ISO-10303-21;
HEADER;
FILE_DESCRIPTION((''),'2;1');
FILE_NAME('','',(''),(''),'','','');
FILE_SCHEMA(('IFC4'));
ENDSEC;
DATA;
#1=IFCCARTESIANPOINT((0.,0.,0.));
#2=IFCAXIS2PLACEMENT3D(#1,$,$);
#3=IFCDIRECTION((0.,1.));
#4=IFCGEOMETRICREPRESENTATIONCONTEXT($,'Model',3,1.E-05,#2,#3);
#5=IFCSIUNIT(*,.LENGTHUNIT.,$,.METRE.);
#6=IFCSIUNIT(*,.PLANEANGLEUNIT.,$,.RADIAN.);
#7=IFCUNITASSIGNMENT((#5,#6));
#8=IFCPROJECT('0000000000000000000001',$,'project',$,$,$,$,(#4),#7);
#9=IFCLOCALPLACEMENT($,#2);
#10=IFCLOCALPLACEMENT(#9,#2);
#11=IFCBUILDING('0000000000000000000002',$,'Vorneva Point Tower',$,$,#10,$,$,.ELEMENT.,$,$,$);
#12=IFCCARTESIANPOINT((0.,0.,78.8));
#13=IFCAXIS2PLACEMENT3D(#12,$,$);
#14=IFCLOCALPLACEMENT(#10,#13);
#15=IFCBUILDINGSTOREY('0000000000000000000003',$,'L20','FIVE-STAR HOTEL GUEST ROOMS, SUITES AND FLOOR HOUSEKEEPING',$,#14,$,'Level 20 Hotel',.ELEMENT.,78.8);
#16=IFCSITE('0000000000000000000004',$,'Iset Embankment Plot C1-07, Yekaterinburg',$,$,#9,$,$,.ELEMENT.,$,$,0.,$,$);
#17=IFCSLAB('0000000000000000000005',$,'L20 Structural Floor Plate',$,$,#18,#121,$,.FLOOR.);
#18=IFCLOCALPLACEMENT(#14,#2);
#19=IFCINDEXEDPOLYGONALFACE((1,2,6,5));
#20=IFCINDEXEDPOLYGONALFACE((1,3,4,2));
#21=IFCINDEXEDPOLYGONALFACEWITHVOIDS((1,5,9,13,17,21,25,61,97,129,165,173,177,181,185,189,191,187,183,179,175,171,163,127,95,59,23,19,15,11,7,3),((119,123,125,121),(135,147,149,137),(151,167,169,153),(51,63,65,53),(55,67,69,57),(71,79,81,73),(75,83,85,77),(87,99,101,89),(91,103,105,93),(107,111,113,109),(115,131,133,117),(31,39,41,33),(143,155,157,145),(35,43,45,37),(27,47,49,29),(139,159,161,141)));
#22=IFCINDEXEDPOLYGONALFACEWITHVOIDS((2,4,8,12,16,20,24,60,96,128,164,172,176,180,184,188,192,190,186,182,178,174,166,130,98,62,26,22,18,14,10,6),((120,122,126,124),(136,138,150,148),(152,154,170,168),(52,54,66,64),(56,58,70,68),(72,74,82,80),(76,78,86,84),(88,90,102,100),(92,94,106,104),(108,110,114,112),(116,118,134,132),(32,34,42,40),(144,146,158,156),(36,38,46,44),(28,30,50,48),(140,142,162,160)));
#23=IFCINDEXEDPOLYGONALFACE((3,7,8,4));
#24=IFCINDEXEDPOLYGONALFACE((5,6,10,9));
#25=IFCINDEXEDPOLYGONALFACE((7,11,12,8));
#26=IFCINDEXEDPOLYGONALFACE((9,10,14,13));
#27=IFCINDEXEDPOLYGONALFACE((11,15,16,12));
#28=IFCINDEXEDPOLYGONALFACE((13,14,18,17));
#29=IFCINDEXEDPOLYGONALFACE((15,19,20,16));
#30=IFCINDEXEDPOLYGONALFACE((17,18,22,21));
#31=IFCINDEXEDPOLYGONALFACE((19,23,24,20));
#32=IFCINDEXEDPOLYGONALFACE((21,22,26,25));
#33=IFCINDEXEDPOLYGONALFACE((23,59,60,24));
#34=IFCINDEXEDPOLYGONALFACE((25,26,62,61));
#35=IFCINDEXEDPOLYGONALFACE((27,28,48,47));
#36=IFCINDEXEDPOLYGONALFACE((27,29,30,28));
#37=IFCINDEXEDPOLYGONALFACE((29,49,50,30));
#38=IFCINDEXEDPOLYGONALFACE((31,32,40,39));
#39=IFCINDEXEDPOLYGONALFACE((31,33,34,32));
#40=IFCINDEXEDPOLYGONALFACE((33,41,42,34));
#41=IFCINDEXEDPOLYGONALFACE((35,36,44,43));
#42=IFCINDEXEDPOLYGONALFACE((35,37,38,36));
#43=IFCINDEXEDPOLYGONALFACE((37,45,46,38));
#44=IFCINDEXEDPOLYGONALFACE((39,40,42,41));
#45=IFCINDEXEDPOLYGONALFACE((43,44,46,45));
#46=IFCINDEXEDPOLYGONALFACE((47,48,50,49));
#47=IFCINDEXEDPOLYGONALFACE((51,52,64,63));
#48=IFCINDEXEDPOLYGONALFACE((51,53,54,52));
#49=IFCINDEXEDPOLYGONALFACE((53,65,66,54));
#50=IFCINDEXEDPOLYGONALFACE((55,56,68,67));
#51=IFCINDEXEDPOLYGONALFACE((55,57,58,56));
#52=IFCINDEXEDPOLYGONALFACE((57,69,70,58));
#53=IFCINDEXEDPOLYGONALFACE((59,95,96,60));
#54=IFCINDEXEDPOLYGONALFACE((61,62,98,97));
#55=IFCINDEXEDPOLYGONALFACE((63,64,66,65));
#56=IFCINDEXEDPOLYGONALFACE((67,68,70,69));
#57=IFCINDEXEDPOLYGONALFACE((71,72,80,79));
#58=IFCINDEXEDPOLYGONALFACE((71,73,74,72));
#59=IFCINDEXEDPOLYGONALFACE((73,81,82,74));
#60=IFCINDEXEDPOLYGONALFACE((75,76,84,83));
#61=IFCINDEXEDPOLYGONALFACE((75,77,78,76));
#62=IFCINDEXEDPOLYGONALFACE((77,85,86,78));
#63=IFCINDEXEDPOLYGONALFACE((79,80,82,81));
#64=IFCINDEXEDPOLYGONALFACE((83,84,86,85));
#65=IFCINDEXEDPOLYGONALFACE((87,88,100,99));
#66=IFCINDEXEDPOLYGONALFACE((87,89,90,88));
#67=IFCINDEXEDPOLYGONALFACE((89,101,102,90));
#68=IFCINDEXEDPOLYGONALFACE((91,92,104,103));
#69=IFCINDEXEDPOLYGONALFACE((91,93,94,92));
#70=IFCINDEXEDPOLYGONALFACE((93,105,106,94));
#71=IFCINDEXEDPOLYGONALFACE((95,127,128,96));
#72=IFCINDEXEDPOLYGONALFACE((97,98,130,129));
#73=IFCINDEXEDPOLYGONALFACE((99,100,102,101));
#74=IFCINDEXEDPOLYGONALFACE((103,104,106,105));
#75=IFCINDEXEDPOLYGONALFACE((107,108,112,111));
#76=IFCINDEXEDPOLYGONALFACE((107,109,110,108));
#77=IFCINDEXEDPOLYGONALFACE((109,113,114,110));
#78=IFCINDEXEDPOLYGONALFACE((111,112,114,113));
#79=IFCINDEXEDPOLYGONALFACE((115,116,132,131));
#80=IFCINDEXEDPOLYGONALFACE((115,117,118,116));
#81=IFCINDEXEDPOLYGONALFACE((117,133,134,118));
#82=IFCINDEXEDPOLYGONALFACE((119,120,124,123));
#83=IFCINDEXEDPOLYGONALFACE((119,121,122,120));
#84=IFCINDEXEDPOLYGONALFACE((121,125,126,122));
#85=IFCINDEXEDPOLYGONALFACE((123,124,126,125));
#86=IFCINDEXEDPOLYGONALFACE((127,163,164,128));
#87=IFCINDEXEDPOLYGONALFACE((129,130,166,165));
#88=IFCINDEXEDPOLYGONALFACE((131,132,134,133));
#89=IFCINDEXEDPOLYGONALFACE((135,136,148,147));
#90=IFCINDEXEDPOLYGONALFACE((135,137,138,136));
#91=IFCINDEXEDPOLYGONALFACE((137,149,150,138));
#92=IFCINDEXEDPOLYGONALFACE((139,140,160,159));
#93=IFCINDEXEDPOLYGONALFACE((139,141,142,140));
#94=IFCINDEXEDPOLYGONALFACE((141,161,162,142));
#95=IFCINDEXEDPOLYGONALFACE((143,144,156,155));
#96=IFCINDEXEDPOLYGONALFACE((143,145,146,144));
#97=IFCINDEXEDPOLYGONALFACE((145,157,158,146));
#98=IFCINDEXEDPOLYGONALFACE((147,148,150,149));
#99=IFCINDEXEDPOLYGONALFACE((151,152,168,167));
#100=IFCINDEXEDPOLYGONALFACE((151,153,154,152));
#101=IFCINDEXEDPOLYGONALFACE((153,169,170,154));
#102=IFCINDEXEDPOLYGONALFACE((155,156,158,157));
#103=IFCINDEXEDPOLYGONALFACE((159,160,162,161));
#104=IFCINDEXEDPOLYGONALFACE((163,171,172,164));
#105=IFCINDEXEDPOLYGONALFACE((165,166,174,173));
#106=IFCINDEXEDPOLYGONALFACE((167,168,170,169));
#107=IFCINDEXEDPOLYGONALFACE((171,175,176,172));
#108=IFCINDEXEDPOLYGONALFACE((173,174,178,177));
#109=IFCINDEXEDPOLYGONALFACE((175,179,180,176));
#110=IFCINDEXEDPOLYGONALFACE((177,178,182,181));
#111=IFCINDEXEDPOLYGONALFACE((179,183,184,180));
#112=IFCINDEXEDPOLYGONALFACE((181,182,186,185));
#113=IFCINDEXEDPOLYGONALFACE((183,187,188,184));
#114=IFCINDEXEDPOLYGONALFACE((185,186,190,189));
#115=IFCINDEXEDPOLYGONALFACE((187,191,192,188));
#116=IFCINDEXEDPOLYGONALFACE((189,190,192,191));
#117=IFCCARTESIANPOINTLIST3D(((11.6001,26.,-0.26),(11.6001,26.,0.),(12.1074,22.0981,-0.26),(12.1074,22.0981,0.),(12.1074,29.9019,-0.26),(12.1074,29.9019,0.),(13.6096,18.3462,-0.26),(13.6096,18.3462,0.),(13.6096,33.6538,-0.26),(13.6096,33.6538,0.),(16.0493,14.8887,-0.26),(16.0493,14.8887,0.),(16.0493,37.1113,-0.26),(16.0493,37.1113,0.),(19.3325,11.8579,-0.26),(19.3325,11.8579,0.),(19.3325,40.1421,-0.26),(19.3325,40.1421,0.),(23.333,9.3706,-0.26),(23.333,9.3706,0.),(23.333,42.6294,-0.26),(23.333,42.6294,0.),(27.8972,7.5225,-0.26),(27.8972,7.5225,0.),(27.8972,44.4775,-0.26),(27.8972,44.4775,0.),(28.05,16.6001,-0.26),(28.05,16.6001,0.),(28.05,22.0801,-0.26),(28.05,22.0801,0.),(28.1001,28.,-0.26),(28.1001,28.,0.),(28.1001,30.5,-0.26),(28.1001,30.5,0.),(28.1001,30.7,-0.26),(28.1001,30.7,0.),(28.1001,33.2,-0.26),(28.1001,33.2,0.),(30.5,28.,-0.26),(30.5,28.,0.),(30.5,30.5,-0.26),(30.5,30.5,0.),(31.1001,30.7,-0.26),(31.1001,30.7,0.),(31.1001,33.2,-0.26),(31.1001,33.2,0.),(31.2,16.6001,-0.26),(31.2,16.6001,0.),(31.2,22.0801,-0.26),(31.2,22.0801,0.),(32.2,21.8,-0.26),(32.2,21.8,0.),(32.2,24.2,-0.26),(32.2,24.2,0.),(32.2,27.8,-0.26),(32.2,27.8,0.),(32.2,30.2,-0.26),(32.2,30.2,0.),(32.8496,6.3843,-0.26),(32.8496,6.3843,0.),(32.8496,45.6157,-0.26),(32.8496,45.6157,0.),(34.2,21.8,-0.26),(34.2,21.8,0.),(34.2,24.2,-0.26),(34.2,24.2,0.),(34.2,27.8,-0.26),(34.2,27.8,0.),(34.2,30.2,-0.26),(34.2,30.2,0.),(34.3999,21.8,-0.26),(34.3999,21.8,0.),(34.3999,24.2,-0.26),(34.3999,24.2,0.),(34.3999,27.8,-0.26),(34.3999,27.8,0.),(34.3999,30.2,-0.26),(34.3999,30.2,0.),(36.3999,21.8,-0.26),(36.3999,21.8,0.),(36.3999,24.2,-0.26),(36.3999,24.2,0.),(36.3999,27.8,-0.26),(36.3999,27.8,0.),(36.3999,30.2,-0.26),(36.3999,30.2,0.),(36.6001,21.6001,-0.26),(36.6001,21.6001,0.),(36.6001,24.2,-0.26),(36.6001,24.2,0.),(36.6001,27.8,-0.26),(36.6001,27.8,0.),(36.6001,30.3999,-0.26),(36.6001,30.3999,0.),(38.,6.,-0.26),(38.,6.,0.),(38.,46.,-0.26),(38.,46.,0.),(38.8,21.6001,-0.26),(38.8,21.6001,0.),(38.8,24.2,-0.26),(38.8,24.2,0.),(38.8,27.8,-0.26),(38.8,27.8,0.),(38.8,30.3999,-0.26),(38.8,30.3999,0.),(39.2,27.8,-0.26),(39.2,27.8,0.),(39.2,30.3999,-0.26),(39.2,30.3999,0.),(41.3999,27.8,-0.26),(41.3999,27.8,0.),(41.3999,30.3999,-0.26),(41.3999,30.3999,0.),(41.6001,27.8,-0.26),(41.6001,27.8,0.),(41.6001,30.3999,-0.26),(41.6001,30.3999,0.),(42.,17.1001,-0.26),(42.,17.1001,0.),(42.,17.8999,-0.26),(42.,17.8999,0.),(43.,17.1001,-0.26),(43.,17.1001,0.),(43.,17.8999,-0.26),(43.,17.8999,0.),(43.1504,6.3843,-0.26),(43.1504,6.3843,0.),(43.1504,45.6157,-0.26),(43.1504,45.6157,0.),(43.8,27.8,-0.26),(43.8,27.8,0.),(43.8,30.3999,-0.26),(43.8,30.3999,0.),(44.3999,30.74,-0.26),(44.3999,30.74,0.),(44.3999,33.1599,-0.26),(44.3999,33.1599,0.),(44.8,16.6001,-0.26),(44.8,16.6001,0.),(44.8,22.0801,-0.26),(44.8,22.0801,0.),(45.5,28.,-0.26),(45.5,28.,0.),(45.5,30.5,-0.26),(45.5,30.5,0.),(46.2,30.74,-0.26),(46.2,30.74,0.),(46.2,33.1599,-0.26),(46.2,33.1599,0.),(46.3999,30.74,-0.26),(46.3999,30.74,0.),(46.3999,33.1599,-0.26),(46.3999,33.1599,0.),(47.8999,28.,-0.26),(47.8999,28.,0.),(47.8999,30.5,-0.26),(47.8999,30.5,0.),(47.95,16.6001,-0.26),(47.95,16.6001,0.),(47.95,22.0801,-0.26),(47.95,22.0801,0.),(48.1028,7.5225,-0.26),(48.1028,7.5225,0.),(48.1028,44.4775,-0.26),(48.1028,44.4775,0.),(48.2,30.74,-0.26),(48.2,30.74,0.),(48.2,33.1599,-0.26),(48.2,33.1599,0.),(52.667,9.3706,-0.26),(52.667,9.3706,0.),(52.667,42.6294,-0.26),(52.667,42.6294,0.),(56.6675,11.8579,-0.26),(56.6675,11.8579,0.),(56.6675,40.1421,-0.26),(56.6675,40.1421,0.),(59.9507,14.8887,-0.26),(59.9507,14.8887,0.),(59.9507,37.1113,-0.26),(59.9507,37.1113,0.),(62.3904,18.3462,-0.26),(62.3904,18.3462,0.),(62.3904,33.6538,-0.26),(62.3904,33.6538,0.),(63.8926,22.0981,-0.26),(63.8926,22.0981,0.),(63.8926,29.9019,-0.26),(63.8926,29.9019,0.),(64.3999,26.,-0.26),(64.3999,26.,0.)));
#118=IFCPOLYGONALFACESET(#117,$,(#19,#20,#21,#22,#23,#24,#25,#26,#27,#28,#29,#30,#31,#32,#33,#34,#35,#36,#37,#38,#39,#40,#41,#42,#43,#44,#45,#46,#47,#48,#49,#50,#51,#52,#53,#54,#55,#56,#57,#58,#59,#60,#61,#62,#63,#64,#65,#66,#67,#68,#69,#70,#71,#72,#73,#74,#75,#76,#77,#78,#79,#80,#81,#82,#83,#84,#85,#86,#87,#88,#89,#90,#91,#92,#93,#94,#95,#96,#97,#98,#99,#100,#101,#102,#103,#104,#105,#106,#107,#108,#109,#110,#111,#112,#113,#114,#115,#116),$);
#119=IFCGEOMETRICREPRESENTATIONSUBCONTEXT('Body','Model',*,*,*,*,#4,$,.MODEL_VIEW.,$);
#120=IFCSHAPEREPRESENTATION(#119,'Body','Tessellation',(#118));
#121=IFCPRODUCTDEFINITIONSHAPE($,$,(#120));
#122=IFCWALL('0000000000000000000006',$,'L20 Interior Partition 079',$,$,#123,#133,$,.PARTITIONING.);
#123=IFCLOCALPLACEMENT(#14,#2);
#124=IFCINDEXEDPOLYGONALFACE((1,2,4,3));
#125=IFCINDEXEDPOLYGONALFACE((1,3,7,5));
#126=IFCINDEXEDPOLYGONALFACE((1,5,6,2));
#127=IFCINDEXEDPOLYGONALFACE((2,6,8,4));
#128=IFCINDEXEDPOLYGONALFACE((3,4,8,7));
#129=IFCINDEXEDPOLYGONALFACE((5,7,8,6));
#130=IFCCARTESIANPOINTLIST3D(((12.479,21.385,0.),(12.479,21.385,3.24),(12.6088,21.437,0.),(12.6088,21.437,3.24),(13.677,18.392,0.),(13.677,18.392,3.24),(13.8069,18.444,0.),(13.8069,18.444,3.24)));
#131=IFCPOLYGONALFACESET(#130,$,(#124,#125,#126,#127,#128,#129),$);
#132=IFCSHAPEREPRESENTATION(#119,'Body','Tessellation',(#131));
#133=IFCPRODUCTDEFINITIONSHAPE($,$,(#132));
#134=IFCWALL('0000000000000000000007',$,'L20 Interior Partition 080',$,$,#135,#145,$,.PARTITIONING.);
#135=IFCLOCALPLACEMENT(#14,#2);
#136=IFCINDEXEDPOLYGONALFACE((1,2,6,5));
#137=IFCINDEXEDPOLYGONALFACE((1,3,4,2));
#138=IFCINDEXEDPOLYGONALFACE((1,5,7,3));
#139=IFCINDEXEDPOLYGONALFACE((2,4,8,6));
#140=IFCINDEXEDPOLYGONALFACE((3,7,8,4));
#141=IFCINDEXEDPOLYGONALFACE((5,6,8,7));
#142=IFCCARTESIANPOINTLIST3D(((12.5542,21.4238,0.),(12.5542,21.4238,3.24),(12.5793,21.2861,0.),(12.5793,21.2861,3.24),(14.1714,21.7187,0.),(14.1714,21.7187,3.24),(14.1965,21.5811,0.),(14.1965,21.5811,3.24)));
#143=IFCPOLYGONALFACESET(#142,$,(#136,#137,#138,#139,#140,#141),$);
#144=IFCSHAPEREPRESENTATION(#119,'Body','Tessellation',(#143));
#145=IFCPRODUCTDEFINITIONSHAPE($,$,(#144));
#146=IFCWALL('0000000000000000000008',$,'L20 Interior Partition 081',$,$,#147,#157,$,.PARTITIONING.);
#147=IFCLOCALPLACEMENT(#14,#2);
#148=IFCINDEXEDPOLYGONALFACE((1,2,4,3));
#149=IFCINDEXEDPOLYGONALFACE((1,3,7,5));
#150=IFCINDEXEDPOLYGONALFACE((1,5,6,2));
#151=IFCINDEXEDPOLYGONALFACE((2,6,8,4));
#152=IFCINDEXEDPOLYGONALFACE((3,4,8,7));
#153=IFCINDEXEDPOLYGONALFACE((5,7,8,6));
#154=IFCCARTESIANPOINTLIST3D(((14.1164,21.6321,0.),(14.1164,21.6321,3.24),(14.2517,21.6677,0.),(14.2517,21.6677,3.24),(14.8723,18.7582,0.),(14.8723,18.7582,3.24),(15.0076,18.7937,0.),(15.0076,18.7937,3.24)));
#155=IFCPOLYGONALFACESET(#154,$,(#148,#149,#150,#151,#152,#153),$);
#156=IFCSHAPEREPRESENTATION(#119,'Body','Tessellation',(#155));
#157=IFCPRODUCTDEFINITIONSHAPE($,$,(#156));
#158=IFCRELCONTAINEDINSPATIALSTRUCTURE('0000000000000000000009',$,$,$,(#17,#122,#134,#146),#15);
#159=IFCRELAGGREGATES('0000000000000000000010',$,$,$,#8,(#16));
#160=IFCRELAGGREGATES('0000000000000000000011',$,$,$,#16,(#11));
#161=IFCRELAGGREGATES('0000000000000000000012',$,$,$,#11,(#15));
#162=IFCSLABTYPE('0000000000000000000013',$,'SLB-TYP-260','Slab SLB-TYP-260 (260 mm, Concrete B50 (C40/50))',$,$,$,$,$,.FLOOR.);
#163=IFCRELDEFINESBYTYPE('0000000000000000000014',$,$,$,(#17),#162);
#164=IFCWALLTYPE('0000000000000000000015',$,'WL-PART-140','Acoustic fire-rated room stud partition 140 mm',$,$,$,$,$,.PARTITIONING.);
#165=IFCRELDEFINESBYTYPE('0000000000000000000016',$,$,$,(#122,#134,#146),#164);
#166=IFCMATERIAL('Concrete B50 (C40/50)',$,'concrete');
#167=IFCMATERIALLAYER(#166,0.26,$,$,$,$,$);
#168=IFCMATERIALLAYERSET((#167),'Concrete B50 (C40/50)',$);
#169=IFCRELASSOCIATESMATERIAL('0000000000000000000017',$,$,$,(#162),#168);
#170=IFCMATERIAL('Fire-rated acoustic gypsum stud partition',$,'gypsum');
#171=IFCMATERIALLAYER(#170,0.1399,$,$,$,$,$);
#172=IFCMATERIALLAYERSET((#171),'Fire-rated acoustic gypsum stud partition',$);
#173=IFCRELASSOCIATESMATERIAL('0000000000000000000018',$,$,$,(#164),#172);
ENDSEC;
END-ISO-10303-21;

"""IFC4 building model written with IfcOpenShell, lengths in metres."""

from ifc_helpers import new_model, si_unit, direction, frame, frame_2d, origin, place, context, subcontext, project, spatial, polyline, rectangle, outline, extrude, material, layer, layer_set, type_object, element, save


model = new_model("IFC4")

# Units and contexts
model_context = context("Model", 3, precision=1e-05, world=origin(), true_north=direction((0.0, 1.0)))
body_context = subcontext(model_context, "Body", "Model", "MODEL_VIEW")
ifc_project = project(units=[si_unit("LENGTHUNIT", "METRE"), si_unit("PLANEANGLEUNIT", "RADIAN")], contexts=[model_context])

# Site, building, storey
site_placement = place(None, origin())
site = spatial("IfcSite", under=ifc_project, at=site_placement, Name="Iset Embankment Plot C1-07, Yekaterinburg", CompositionType="ELEMENT", RefElevation=0.0)
building_placement = place(site_placement, origin())
building = spatial("IfcBuilding", under=site, at=building_placement, Name="Vorneva Point Tower", CompositionType="ELEMENT")
storey_placement = place(building_placement, frame((0.0, 0.0, 78.8)))
storey = spatial("IfcBuildingStorey", under=building, at=storey_placement, Name="L20", Description="FIVE-STAR HOTEL GUEST ROOMS, SUITES AND FLOOR HOUSEKEEPING", LongName="Level 20 Hotel", CompositionType="ELEMENT", Elevation=78.8)

# Shared definitions
ifc_material_1 = material(Name="Concrete B50 (C40/50)", Category="concrete")

# Slab
ifc_layer_1 = layer(ifc_material_1, 0.26)
ifc_layer_set_1 = layer_set([ifc_layer_1], Name="Concrete B50 (C40/50)")
slab_type_1 = type_object("IfcSlabType", Name="SLB-TYP-260", Description="Slab SLB-TYP-260 (260 mm, Concrete B50 (C40/50))", PredefinedType="FLOOR", material=ifc_layer_set_1)
slab_1_placement = place(storey_placement, frame((0.0, 0.0, -0.26)))
element("IfcSlab", 1, at=slab_1_placement, inside=storey, type_object=slab_type_1, Name="L20 Structural Floor Plate", PredefinedType="FLOOR", context=body_context, shape_type="SweptSolid", body=[
    extrude(outline(polyline([(64.3999, 26.0), (63.8926, 29.9019), (62.3904, 33.6538), (59.9507, 37.1113), (56.6675, 40.1421), (52.667, 42.6294), (48.1028, 44.4775), (43.1504, 45.6157), (38.0, 46.0), (32.8496, 45.6157), (27.8972, 44.4775), (23.333, 42.6294), (19.3325, 40.1421), (16.0493, 37.1113), (13.6096, 33.6538), (12.1074, 29.9019), (11.6001, 26.0), (12.1074, 22.0981), (13.6096, 18.3462), (16.0493, 14.8887), (19.3325, 11.8579), (23.333, 9.3706), (27.8972, 7.5225), (32.8496, 6.3843), (38.0, 6.0), (43.1504, 6.3843), (48.1028, 7.5225), (52.667, 9.3706), (56.6675, 11.8579), (59.9507, 14.8887), (62.3904, 18.3462), (63.8926, 22.0981), (64.3999, 26.0)]), holes=[polyline([(32.2, 27.8), (34.2, 27.8), (34.2, 30.2), (32.2, 30.2), (32.2, 27.8)]), polyline([(34.3999, 27.8), (36.3999, 27.8), (36.3999, 30.2), (34.3999, 30.2), (34.3999, 27.8)]), polyline([(36.6001, 27.8), (38.8, 27.8), (38.8, 30.3999), (36.6001, 30.3999), (36.6001, 27.8)]), polyline([(32.2, 21.8), (34.2, 21.8), (34.2, 24.2), (32.2, 24.2), (32.2, 21.8)]), polyline([(34.3999, 21.8), (36.3999, 21.8), (36.3999, 24.2), (34.3999, 24.2), (34.3999, 21.8)]), polyline([(36.6001, 21.6001), (38.8, 21.6001), (38.8, 24.2), (36.6001, 24.2), (36.6001, 21.6001)]), polyline([(39.2, 27.8), (41.3999, 27.8), (41.3999, 30.3999), (39.2, 30.3999), (39.2, 27.8)]), polyline([(41.6001, 27.8), (43.8, 27.8), (43.8, 30.3999), (41.6001, 30.3999), (41.6001, 27.8)]), polyline([(44.3999, 30.74), (46.2, 30.74), (46.2, 33.1599), (44.3999, 33.1599), (44.3999, 30.74)]), polyline([(46.3999, 30.74), (48.2, 30.74), (48.2, 33.1599), (46.3999, 33.1599), (46.3999, 30.74)]), polyline([(28.1001, 28.0), (30.5, 28.0), (30.5, 30.5), (28.1001, 30.5), (28.1001, 28.0)]), polyline([(45.5, 28.0), (47.8999, 28.0), (47.8999, 30.5), (45.5, 30.5), (45.5, 28.0)]), polyline([(28.1001, 30.7), (31.1001, 30.7), (31.1001, 33.2), (28.1001, 33.2), (28.1001, 30.7)]), polyline([(28.05, 16.6001), (31.2, 16.6001), (31.2, 22.0801), (28.05, 22.0801), (28.05, 16.6001)]), polyline([(44.8, 16.6001), (47.95, 16.6001), (47.95, 22.0801), (44.8, 22.0801), (44.8, 16.6001)]), polyline([(42.0, 17.1001), (43.0, 17.1001), (43.0, 17.8999), (42.0, 17.8999), (42.0, 17.1001)])]), origin(), (0.0, 0.0, 1.0), 0.26),
])

# Walls
ifc_material_2 = material(Name="Fire-rated acoustic gypsum stud partition", Category="gypsum")
ifc_layer_2 = layer(ifc_material_2, 0.1399)
ifc_layer_set_2 = layer_set([ifc_layer_2], Name="Fire-rated acoustic gypsum stud partition")
wall_type = type_object("IfcWallType", Name="WL-PART-140", Description="Acoustic fire-rated room stud partition 140 mm", PredefinedType="PARTITIONING", material=ifc_layer_set_2)
wall_1_placement = place(storey_placement, frame((12.5439, 21.4109, 0.0), z_axis=(0.0, 0.0, 1.0), x_axis=(0.371613, -0.928388, 0.0)))
element("IfcWall", 2, at=wall_1_placement, inside=storey, type_object=wall_type, Name="L20 Interior Partition 079", PredefinedType="PARTITIONING", context=body_context, shape_type="SweptSolid", body=[
    extrude(rectangle(XDim=3.2239, YDim=0.1399, at=frame_2d((1.6118, 0.0))), origin(), (0.0, 0.0, 1.0), 3.24),
])
wall_2_placement = place(storey_placement, frame((12.5669, 21.355, 0.0), z_axis=(0.0, 0.0, 1.0), x_axis=(0.983775, 0.179408, 0.0)))
element("IfcWall", 3, at=wall_2_placement, inside=storey, type_object=wall_type, Name="L20 Interior Partition 080", PredefinedType="PARTITIONING", context=body_context, shape_type="SweptSolid", body=[
    extrude(rectangle(XDim=1.6438, YDim=0.1399, at=frame_2d((0.8218, 0.0))), origin(), (0.0, 0.0, 1.0), 3.24),
])
wall_3_placement = place(storey_placement, frame((14.1841, 21.6499, 0.0), z_axis=(0.0, 0.0, 1.0), x_axis=(0.254348, -0.967113, 0.0)))
element("IfcWall", 4, at=wall_3_placement, inside=storey, type_object=wall_type, Name="L20 Interior Partition 081", PredefinedType="PARTITIONING", context=body_context, shape_type="SweptSolid", body=[
    extrude(rectangle(XDim=2.9717, YDim=0.1399, at=frame_2d((1.4858, 0.0))), origin(), (0.0, 0.0, 1.0), 3.24),
])

save(model, "model.ifc")
